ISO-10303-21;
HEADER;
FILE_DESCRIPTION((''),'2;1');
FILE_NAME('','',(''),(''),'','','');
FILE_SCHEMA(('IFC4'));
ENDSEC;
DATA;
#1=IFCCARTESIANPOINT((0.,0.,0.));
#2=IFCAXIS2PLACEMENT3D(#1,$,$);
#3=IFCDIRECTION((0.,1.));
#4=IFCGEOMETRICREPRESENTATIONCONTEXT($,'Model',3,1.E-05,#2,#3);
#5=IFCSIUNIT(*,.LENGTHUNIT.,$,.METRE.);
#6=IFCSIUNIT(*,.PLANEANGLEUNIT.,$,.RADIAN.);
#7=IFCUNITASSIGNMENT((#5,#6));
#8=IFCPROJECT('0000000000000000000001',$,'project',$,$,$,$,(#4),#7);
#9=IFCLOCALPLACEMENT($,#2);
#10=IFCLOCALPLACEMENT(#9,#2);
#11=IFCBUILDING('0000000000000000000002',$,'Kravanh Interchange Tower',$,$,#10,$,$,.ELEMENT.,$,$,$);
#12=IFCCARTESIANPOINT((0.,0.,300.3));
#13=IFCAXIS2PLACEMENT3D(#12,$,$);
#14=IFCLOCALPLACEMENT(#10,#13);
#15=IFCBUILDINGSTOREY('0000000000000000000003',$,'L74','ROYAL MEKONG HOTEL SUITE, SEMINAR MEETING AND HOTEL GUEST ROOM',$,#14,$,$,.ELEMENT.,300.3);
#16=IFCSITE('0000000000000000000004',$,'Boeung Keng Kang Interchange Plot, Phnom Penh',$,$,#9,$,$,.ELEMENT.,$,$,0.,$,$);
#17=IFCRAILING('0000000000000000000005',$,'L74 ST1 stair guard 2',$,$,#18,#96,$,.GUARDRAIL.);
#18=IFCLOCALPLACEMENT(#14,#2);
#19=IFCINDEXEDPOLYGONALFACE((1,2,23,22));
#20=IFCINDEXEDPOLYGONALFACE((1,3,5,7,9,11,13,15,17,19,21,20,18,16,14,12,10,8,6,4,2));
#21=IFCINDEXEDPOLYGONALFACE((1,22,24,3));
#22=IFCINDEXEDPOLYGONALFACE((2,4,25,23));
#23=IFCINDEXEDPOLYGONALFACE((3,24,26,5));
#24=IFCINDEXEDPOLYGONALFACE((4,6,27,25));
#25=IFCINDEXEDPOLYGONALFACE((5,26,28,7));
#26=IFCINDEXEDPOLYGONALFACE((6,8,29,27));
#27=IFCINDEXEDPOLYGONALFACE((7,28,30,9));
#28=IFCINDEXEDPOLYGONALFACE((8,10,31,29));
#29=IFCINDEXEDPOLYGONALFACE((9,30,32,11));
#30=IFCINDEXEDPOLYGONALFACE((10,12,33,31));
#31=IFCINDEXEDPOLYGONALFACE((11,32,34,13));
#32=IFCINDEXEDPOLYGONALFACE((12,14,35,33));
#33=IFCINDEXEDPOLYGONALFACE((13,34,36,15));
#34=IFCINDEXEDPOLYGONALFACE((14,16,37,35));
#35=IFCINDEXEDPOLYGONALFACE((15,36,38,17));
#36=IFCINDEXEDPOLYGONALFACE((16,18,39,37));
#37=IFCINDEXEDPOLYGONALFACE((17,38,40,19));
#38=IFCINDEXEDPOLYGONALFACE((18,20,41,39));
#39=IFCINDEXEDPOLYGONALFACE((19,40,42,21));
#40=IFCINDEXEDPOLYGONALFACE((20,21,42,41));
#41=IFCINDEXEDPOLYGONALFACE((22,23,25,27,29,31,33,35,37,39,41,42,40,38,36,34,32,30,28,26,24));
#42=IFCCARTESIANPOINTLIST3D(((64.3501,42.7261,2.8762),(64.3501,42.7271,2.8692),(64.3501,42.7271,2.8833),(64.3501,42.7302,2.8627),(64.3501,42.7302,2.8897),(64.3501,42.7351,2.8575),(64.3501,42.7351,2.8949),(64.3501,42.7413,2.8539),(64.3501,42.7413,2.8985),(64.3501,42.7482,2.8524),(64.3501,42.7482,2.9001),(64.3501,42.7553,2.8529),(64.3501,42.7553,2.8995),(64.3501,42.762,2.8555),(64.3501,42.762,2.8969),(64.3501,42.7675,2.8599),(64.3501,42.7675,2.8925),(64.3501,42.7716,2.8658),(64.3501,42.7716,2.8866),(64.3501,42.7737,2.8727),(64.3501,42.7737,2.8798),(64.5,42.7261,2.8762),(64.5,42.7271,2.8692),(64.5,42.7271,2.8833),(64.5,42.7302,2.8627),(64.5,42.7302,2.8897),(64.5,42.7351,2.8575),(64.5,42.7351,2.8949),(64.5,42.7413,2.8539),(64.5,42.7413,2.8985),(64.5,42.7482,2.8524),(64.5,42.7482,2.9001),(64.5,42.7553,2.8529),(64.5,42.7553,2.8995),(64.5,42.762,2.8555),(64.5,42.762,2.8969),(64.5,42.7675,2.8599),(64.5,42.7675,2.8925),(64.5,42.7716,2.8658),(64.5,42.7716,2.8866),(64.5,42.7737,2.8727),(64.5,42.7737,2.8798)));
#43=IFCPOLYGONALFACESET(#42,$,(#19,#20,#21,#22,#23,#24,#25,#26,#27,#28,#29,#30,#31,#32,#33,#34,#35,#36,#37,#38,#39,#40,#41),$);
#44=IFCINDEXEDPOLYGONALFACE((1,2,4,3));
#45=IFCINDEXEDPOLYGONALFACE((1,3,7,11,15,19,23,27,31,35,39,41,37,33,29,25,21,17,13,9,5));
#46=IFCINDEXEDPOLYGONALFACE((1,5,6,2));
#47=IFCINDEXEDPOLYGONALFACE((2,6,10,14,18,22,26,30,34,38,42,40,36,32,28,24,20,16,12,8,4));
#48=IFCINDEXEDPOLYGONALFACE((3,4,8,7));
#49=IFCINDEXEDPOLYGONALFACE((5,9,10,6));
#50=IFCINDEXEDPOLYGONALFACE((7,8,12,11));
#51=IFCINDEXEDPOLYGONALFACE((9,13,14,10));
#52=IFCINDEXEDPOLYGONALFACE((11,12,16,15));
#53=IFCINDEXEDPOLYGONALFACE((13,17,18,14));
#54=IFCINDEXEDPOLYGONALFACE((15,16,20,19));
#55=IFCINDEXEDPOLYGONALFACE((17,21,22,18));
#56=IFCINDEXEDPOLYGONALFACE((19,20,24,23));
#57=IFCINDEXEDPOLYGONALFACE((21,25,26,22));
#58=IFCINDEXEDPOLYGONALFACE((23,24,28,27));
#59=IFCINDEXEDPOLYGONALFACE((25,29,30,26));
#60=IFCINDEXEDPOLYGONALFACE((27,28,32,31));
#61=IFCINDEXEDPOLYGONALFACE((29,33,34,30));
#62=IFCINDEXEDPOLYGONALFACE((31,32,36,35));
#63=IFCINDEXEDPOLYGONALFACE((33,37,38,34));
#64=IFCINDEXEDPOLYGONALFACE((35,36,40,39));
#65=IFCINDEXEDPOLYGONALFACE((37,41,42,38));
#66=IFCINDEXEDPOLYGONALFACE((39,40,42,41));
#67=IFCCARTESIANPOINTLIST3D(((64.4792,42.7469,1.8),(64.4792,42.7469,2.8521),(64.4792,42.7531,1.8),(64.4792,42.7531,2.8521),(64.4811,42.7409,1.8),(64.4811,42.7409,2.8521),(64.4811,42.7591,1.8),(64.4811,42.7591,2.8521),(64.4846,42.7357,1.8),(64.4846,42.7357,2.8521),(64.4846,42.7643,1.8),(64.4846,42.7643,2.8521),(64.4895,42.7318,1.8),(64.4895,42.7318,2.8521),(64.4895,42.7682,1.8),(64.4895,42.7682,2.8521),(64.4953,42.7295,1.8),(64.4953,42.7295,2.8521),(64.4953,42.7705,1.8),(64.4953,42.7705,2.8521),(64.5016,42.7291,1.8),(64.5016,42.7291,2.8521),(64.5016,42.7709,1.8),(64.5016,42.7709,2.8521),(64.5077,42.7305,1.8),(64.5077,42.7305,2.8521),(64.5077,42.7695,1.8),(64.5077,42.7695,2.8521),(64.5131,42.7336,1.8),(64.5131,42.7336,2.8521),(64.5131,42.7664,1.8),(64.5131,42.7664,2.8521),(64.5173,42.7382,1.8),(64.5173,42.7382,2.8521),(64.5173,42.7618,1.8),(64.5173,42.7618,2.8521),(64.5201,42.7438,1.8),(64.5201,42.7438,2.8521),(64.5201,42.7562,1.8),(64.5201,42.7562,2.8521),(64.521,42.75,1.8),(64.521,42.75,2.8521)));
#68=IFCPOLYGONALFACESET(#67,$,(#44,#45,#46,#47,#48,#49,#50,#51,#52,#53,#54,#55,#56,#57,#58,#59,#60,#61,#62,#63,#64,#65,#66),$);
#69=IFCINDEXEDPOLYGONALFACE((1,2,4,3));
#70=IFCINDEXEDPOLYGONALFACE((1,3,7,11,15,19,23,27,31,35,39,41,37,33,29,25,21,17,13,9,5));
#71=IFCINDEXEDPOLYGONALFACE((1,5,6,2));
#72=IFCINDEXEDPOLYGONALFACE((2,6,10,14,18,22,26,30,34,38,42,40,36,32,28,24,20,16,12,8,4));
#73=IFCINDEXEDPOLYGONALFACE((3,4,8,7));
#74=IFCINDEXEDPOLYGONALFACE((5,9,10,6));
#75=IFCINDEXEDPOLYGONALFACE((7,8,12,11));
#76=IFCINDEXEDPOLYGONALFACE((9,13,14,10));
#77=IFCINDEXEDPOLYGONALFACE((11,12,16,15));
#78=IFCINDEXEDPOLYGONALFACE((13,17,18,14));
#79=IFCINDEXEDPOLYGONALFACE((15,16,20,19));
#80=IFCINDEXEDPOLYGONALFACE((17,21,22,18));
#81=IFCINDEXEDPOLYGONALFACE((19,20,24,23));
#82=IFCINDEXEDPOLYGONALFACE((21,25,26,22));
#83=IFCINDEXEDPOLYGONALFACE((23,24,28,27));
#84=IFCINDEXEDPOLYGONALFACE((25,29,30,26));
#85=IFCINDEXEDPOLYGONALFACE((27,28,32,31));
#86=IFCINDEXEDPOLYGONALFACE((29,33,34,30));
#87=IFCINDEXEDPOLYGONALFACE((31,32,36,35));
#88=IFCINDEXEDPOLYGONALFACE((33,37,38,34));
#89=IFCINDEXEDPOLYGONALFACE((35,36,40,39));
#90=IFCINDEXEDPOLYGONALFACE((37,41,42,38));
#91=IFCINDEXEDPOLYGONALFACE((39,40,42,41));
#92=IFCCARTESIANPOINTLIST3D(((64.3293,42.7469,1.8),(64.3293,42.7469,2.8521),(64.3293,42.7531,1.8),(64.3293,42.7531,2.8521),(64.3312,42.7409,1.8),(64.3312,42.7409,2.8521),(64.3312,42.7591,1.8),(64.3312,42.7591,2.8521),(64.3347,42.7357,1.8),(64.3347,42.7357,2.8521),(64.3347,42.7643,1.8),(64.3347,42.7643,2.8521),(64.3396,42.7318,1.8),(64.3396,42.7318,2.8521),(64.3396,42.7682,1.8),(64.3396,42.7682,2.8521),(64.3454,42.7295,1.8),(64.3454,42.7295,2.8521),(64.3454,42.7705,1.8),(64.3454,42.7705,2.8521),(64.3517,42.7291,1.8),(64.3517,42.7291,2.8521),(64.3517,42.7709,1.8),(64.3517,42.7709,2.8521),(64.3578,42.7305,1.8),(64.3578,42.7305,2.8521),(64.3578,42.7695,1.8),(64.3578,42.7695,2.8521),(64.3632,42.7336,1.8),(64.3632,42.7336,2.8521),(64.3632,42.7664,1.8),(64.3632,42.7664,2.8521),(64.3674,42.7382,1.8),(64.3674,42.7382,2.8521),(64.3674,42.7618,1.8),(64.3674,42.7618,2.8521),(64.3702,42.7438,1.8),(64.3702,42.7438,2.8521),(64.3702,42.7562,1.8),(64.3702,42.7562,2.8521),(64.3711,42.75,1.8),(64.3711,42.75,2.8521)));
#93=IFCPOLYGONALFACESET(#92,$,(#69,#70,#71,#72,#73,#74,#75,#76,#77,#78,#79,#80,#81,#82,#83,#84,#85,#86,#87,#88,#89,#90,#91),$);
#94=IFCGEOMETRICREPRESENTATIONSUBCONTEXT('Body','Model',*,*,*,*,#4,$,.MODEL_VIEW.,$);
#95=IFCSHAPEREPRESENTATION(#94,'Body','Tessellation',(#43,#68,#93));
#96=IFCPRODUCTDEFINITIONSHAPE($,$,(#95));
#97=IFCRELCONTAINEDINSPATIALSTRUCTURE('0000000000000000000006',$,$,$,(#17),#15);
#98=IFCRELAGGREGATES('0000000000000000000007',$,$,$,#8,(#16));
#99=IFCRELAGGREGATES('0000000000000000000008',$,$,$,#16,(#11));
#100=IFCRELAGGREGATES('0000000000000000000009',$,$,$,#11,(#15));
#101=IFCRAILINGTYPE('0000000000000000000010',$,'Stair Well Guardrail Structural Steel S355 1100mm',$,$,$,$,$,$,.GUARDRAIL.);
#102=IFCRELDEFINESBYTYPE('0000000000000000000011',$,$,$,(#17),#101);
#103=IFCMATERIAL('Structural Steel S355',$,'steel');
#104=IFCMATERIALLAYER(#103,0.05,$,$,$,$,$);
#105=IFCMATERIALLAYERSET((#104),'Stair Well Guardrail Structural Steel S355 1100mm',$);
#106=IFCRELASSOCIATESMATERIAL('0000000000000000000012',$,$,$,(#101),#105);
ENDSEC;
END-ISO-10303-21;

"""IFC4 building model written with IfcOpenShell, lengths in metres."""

from ifc_helpers import new_model, si_unit, direction, frame, origin, origin_2d, place, context, subcontext, project, spatial, circle, extrude, material, layer, layer_set, type_object, element, save


model = new_model("IFC4")

# Units and contexts
model_context = context("Model", 3, precision=1e-05, world=origin(), true_north=direction((0.0, 1.0)))
body_context = subcontext(model_context, "Body", "Model", "MODEL_VIEW")
ifc_project = project(units=[si_unit("LENGTHUNIT", "METRE"), si_unit("PLANEANGLEUNIT", "RADIAN")], contexts=[model_context])

# Site, building, storey
site_placement = place(None, origin())
site = spatial("IfcSite", under=ifc_project, at=site_placement, Name="Boeung Keng Kang Interchange Plot, Phnom Penh", CompositionType="ELEMENT", RefElevation=0.0)
building_placement = place(site_placement, origin())
building = spatial("IfcBuilding", under=site, at=building_placement, Name="Kravanh Interchange Tower", CompositionType="ELEMENT")
storey_placement = place(building_placement, frame((0.0, 0.0, 300.3)))
storey = spatial("IfcBuildingStorey", under=building, at=storey_placement, Name="L74", Description="ROYAL MEKONG HOTEL SUITE, SEMINAR MEETING AND HOTEL GUEST ROOM", CompositionType="ELEMENT", Elevation=300.3)

# Railing
ifc_material_1 = material(Name="Structural Steel S355", Category="steel")
ifc_layer_1 = layer(ifc_material_1, 0.05)
ifc_layer_set_1 = layer_set([ifc_layer_1], Name="Stair Well Guardrail Structural Steel S355 1100mm")
railing_type_1 = type_object("IfcRailingType", Name="Stair Well Guardrail Structural Steel S355 1100mm", PredefinedType="GUARDRAIL", material=ifc_layer_set_1)
railing_1_placement = place(storey_placement, frame((64.5, 42.75, 1.8)))
element("IfcRailing", 1, at=railing_1_placement, inside=storey, type_object=railing_type_1, Name="L74 ST1 stair guard 2", PredefinedType="GUARDRAIL", context=body_context, shape_type="SweptSolid", body=[
    extrude(circle(Radius=0.0239, at=origin_2d()), frame((0.0, 0.0, 1.0762), z_axis=(-1.0, 0.0, 0.0), x_axis=(0.0, -1.0, 0.0)), (0.0, 0.0, 1.0), 0.1499),
    extrude(circle(Radius=0.021, at=origin_2d()), origin(), (0.0, 0.0, 1.0), 1.052),
    extrude(circle(Radius=0.021, at=origin_2d()), frame((-0.1499, 0.0, 0.0)), (0.0, 0.0, 1.0), 1.052),
])

save(model, "model.ifc")
